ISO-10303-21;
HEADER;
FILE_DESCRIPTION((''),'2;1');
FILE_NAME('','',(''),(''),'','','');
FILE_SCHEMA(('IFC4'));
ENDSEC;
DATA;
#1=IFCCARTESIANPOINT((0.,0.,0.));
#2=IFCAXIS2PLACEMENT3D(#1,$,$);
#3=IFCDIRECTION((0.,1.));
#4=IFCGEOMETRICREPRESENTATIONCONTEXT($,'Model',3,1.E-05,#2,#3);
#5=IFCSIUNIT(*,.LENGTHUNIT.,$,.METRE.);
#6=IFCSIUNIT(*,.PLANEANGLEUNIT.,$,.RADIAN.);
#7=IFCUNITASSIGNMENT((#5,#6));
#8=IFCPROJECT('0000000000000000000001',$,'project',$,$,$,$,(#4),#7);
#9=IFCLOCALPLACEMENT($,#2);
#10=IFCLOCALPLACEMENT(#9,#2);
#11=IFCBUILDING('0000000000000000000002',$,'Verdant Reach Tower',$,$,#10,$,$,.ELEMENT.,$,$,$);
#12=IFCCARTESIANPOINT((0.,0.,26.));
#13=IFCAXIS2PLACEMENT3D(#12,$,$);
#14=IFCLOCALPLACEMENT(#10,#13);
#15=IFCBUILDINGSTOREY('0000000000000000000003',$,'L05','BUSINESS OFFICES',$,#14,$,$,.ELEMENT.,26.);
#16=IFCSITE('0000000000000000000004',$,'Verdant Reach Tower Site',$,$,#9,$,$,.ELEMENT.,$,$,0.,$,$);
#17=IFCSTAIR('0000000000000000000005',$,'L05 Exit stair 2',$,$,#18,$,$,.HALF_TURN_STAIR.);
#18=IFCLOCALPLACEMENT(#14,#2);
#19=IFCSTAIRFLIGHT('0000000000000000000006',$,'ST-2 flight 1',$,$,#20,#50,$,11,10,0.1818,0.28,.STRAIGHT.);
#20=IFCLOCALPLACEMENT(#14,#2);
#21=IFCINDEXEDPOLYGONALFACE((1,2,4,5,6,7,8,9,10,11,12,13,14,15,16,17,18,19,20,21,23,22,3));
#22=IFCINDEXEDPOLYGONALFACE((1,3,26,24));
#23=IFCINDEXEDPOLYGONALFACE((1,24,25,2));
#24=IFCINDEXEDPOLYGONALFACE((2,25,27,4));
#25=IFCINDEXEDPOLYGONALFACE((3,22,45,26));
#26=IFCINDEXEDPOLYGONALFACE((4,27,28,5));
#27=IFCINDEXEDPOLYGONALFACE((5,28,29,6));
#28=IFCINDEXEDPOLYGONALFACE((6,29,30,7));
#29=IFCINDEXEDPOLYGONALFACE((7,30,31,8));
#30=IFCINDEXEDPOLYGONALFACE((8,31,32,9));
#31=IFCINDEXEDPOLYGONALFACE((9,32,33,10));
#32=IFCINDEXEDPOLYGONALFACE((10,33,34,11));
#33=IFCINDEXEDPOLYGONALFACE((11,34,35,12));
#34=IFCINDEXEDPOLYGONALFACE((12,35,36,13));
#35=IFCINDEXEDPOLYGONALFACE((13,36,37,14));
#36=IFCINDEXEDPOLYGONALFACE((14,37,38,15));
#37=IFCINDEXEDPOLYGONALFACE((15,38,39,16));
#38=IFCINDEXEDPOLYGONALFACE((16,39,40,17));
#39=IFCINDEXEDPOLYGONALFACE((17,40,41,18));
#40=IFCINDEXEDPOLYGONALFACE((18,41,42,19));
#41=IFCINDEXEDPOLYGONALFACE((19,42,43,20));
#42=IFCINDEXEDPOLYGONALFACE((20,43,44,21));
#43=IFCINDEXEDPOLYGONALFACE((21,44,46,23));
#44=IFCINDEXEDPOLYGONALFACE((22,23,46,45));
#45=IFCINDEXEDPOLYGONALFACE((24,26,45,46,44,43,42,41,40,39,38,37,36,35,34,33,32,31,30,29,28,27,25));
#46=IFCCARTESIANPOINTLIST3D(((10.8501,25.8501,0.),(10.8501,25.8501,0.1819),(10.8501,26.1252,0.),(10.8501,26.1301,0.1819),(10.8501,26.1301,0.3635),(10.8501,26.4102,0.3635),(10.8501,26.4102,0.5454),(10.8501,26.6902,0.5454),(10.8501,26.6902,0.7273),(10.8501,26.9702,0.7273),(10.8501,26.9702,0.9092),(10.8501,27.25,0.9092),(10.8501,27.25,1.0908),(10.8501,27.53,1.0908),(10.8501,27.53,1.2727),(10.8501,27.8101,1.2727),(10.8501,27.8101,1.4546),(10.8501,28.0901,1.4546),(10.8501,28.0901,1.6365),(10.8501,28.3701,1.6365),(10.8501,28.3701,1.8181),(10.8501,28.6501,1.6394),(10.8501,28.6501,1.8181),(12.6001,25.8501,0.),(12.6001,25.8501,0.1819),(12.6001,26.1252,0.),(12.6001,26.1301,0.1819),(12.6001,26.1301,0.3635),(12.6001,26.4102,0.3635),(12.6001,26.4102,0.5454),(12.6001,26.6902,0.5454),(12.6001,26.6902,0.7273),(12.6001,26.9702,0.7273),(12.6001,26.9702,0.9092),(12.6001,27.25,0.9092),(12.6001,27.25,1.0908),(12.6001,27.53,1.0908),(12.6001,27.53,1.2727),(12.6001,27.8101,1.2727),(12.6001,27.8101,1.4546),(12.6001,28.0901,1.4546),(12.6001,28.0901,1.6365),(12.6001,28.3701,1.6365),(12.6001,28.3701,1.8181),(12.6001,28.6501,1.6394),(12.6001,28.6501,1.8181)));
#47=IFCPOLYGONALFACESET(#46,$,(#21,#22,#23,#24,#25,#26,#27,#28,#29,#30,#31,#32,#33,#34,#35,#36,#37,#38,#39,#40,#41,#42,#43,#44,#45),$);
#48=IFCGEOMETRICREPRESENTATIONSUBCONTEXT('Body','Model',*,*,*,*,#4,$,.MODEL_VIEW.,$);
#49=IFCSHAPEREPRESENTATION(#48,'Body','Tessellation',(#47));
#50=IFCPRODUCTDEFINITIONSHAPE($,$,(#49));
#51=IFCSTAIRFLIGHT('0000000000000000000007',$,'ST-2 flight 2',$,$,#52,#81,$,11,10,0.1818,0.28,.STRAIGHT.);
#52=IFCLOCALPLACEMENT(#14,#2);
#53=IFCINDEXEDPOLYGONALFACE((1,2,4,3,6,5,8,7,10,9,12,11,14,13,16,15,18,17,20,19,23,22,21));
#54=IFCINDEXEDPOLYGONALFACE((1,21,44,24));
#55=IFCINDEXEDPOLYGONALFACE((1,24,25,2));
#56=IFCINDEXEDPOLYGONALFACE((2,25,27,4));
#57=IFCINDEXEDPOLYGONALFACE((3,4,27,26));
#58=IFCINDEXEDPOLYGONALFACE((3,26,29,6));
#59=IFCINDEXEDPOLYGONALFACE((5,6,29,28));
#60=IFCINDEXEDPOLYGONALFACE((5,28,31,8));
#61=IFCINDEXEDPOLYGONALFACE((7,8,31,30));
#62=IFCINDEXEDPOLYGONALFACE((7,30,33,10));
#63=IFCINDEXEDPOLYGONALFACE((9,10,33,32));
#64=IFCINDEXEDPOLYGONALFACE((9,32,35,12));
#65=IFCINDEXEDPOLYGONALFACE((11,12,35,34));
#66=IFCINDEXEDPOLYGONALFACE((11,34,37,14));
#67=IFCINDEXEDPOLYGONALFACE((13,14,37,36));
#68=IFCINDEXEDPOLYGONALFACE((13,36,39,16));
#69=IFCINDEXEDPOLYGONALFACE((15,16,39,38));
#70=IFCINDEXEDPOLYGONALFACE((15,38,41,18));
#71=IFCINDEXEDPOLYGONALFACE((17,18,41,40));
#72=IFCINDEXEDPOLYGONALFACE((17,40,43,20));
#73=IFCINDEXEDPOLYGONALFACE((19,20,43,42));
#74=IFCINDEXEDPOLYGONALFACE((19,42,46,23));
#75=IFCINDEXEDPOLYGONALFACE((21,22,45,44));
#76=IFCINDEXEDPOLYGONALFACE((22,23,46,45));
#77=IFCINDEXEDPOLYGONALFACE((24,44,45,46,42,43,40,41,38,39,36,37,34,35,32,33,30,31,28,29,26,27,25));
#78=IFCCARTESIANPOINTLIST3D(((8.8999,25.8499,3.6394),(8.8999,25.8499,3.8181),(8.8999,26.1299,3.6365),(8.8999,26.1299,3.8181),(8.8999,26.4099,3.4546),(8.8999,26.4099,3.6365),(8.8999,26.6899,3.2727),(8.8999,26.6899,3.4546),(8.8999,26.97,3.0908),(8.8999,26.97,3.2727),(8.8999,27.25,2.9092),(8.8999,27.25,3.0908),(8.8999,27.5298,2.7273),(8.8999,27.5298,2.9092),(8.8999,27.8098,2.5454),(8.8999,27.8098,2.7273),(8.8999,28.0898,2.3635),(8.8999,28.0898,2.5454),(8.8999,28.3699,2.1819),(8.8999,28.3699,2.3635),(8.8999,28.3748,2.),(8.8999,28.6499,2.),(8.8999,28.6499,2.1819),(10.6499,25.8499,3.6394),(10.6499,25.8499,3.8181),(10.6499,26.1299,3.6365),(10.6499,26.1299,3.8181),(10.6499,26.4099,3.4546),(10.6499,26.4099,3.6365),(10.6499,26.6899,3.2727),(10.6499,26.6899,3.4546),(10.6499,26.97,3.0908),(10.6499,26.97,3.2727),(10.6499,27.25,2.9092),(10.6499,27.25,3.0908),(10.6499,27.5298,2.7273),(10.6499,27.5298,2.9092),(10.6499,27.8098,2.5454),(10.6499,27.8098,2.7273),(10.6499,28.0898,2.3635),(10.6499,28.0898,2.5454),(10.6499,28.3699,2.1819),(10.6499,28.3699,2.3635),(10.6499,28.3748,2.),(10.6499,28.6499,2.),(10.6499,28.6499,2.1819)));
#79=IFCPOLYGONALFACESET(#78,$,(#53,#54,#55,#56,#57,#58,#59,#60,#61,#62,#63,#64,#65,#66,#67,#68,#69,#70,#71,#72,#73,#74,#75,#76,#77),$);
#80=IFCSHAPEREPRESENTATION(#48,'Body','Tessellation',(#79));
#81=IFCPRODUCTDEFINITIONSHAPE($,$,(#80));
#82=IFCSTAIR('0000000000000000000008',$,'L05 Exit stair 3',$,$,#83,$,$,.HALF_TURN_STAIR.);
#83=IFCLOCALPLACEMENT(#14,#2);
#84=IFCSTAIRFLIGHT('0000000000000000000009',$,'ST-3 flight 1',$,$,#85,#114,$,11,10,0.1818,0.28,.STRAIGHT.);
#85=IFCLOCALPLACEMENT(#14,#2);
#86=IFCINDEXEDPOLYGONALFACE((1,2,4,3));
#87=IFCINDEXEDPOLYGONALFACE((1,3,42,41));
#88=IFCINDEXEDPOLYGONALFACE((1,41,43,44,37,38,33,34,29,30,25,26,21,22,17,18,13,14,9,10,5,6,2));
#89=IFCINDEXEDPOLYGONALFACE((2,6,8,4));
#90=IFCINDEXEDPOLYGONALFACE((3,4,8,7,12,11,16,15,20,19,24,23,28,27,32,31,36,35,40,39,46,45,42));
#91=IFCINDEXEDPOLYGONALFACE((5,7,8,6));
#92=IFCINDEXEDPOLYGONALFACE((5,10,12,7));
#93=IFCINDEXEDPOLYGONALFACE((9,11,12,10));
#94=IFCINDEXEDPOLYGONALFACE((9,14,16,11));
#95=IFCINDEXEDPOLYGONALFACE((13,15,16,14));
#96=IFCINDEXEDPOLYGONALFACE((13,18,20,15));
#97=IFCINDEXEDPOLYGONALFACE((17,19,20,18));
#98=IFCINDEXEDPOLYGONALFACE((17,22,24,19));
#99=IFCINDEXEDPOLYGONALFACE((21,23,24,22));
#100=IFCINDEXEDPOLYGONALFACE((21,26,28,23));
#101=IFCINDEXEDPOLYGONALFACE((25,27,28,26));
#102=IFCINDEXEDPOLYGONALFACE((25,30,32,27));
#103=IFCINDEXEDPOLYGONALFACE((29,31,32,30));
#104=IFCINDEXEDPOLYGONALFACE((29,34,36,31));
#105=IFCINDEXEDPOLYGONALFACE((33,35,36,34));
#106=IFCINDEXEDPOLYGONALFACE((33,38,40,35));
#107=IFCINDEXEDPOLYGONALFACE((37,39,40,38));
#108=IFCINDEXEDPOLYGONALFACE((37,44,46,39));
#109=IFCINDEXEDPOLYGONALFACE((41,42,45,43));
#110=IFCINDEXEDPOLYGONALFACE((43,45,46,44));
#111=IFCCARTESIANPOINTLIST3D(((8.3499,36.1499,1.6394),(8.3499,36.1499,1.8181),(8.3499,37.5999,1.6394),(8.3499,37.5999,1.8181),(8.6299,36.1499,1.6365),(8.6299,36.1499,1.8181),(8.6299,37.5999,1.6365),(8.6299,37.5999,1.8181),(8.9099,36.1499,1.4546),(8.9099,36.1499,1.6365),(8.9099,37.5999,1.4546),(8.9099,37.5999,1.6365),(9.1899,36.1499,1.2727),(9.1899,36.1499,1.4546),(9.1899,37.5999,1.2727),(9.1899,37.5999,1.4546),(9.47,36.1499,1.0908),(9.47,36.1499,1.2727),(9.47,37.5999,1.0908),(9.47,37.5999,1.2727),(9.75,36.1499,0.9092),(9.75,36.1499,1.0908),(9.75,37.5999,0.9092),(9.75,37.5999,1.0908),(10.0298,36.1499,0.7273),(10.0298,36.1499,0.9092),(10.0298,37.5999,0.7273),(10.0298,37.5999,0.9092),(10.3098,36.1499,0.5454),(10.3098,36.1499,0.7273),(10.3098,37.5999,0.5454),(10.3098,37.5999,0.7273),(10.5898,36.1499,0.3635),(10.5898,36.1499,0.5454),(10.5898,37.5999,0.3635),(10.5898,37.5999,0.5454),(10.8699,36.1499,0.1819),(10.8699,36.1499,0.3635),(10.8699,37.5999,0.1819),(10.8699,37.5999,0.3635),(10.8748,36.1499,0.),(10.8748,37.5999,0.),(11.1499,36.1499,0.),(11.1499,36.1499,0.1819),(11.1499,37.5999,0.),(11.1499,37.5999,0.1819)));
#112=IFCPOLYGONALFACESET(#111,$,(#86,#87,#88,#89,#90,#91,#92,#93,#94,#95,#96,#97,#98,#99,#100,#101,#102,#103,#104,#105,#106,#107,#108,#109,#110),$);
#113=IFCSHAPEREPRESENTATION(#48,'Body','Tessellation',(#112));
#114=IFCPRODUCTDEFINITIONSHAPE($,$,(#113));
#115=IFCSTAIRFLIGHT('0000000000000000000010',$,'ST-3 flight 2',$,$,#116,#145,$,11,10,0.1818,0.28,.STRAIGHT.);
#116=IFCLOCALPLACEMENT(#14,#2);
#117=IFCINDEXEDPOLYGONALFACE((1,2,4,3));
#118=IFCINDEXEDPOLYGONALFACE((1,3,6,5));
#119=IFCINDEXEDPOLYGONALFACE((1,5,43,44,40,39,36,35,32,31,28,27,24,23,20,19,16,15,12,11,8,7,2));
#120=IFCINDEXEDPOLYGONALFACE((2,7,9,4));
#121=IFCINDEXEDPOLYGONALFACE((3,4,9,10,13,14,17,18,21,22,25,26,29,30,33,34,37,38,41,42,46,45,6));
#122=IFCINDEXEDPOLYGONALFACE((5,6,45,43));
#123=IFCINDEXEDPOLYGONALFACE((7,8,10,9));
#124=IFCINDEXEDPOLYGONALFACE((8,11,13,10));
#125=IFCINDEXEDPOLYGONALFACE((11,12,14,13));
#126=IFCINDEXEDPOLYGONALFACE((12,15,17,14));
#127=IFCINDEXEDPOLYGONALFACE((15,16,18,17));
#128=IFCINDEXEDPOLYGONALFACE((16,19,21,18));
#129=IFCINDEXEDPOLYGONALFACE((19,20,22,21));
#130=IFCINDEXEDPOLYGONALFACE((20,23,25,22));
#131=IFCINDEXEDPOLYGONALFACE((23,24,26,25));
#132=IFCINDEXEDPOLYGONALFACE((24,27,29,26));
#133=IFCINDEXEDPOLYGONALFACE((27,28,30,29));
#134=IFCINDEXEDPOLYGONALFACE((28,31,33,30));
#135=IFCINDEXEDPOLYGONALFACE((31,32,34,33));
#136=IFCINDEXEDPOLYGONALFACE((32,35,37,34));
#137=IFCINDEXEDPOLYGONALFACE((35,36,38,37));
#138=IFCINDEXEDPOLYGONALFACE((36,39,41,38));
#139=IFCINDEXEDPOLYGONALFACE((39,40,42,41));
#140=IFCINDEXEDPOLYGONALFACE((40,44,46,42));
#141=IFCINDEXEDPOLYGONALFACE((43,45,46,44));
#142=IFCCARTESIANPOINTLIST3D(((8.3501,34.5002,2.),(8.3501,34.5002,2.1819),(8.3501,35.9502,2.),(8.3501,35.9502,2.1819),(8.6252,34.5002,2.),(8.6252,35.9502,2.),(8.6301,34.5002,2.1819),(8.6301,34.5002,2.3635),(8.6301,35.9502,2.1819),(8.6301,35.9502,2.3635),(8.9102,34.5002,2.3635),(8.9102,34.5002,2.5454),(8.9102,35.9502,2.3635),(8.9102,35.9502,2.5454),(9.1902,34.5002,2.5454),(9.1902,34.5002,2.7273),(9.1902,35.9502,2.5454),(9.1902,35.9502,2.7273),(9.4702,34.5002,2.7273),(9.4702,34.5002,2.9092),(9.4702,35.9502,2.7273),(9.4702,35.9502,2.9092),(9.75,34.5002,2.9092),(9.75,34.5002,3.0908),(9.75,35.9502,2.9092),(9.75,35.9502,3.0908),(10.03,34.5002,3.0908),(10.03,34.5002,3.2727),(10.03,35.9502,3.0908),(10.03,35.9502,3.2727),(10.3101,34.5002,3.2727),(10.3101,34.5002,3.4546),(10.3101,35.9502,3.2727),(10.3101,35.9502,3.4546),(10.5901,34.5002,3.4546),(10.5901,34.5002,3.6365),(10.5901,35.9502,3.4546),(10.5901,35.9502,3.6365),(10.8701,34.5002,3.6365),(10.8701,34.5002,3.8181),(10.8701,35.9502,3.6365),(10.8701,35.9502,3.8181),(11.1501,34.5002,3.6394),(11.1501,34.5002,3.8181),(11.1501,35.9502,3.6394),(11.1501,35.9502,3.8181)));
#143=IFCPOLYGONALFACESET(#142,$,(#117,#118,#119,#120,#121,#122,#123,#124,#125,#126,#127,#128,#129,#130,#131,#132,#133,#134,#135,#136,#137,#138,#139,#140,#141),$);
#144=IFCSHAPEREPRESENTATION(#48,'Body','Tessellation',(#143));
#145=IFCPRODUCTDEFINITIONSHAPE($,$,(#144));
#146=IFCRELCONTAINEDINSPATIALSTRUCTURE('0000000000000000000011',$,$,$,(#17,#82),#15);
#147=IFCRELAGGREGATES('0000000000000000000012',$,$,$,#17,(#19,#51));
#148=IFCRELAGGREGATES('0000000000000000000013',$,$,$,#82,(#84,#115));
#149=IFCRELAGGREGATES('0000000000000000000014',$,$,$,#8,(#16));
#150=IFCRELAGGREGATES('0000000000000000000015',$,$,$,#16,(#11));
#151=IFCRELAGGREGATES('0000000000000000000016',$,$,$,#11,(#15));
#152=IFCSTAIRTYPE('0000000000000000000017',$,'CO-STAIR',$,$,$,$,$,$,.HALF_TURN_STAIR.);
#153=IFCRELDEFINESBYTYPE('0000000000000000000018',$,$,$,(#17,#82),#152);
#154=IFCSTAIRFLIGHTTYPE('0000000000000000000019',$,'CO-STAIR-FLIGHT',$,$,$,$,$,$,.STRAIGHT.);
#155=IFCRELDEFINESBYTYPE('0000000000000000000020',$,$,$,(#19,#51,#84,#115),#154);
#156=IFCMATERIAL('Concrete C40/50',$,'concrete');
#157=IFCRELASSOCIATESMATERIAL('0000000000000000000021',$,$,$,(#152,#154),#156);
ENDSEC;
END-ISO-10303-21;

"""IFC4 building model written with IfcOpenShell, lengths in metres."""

from ifc_helpers import new_model, si_unit, direction, frame, origin, place, context, subcontext, project, spatial, polyline, outline, extrude, material, type_object, element, aggregate, save


model = new_model("IFC4")

# Units and contexts
model_context = context("Model", 3, precision=1e-05, world=origin(), true_north=direction((0.0, 1.0)))
body_context = subcontext(model_context, "Body", "Model", "MODEL_VIEW")
ifc_project = project(units=[si_unit("LENGTHUNIT", "METRE"), si_unit("PLANEANGLEUNIT", "RADIAN")], contexts=[model_context])

# Site, building, storey
site_placement = place(None, origin())
site = spatial("IfcSite", under=ifc_project, at=site_placement, Name="Verdant Reach Tower Site", CompositionType="ELEMENT", RefElevation=0.0)
building_placement = place(site_placement, origin())
building = spatial("IfcBuilding", under=site, at=building_placement, Name="Verdant Reach Tower", CompositionType="ELEMENT")
storey_placement = place(building_placement, frame((0.0, 0.0, 26.0)))
storey = spatial("IfcBuildingStorey", under=building, at=storey_placement, Name="L05", Description="BUSINESS OFFICES", CompositionType="ELEMENT", Elevation=26.0)

# Shared definitions
ifc_material_1 = material(Name="Concrete C40/50", Category="concrete")

# Stairs, stair flights
stair_type = type_object("IfcStairType", Name="CO-STAIR", PredefinedType="HALF_TURN_STAIR", material=ifc_material_1)
stair_1_placement = place(storey_placement, origin())
stair_1 = element("IfcStair", 1, at=stair_1_placement, inside=storey, type_object=stair_type, Name="L05 Exit stair 2", PredefinedType="HALF_TURN_STAIR")
stair_flight_type = type_object("IfcStairFlightType", Name="CO-STAIR-FLIGHT", PredefinedType="STRAIGHT", material=ifc_material_1)
stair_flight_1_placement = place(storey_placement, frame((11.7251, 25.8501, 0.0), z_axis=(0.0, 0.0, 1.0), x_axis=(0.0, 1.0, 0.0)))
stair_flight_1 = element("IfcStairFlight", 2, at=stair_flight_1_placement, type_object=stair_flight_type, Name="ST-2 flight 1", NumberOfRisers=11, NumberOfTreads=10, PredefinedType="STRAIGHT", RiserHeight=0.1818, TreadLength=0.28, context=body_context, shape_type="SweptSolid", body=[
    extrude(outline(polyline([(0.0, 0.0), (0.0, 0.1819), (0.28, 0.1819), (0.28, 0.3635), (0.5601, 0.3635), (0.5601, 0.5454), (0.8401, 0.5454), (0.8401, 0.7273), (1.1201, 0.7273), (1.1201, 0.9092), (1.3999, 0.9092), (1.3999, 1.0908), (1.6799, 1.0908), (1.6799, 1.2727), (1.96, 1.2727), (1.96, 1.4546), (2.24, 1.4546), (2.24, 1.6365), (2.52, 1.6365), (2.52, 1.8181), (2.8, 1.8181), (2.8, 2.0), (2.8, 1.6394), (0.2751, 0.0), (0.0, 0.0)])), frame((0.0, 0.875, 0.0), z_axis=(0.0, -1.0, 0.0), x_axis=(1.0, 0.0, 0.0)), (0.0, 0.0, 1.0), 1.75),
])
stair_flight_2_placement = place(storey_placement, frame((9.7749, 28.6499, 2.0), z_axis=(0.0, 0.0, 1.0), x_axis=(0.0, -1.0, 0.0)))
stair_flight_2 = element("IfcStairFlight", 3, at=stair_flight_2_placement, type_object=stair_flight_type, Name="ST-2 flight 2", NumberOfRisers=11, NumberOfTreads=10, PredefinedType="STRAIGHT", RiserHeight=0.1818, TreadLength=0.28, context=body_context, shape_type="SweptSolid", body=[
    extrude(outline(polyline([(0.0, 0.0), (0.0, 0.1819), (0.28, 0.1819), (0.28, 0.3635), (0.5601, 0.3635), (0.5601, 0.5454), (0.8401, 0.5454), (0.8401, 0.7273), (1.1201, 0.7273), (1.1201, 0.9092), (1.3999, 0.9092), (1.3999, 1.0908), (1.6799, 1.0908), (1.6799, 1.2727), (1.96, 1.2727), (1.96, 1.4546), (2.24, 1.4546), (2.24, 1.6365), (2.52, 1.6365), (2.52, 1.8181), (2.8, 1.8181), (2.8, 2.0), (2.8, 1.6394), (0.2751, 0.0), (0.0, 0.0)])), frame((0.0, 0.875, 0.0), z_axis=(0.0, -1.0, 0.0), x_axis=(1.0, 0.0, 0.0)), (0.0, 0.0, 1.0), 1.75),
])
aggregate(stair_1, [stair_flight_1, stair_flight_2])
stair_2_placement = place(storey_placement, origin())
stair_2 = element("IfcStair", 4, at=stair_2_placement, inside=storey, type_object=stair_type, Name="L05 Exit stair 3", PredefinedType="HALF_TURN_STAIR")
stair_flight_3_placement = place(storey_placement, frame((11.1499, 36.875, 0.0), z_axis=(0.0, 0.0, 1.0), x_axis=(-1.0, 0.0, 0.0)))
stair_flight_3 = element("IfcStairFlight", 5, at=stair_flight_3_placement, type_object=stair_flight_type, Name="ST-3 flight 1", NumberOfRisers=11, NumberOfTreads=10, PredefinedType="STRAIGHT", RiserHeight=0.1818, TreadLength=0.28, context=body_context, shape_type="SweptSolid", body=[
    extrude(outline(polyline([(0.0, 0.0), (0.0, 0.1819), (0.28, 0.1819), (0.28, 0.3635), (0.5601, 0.3635), (0.5601, 0.5454), (0.8401, 0.5454), (0.8401, 0.7273), (1.1201, 0.7273), (1.1201, 0.9092), (1.3999, 0.9092), (1.3999, 1.0908), (1.6799, 1.0908), (1.6799, 1.2727), (1.96, 1.2727), (1.96, 1.4546), (2.24, 1.4546), (2.24, 1.6365), (2.52, 1.6365), (2.52, 1.8181), (2.8, 1.8181), (2.8, 2.0), (2.8, 1.6394), (0.2751, 0.0), (0.0, 0.0)])), frame((0.0, 0.7251, 0.0), z_axis=(0.0, -1.0, 0.0), x_axis=(1.0, 0.0, 0.0)), (0.0, 0.0, 1.0), 1.45),
])
stair_flight_4_placement = place(storey_placement, frame((8.3501, 35.2251, 2.0), z_axis=(0.0, 0.0, 1.0), x_axis=(1.0, 0.0, 0.0)))
stair_flight_4 = element("IfcStairFlight", 6, at=stair_flight_4_placement, type_object=stair_flight_type, Name="ST-3 flight 2", NumberOfRisers=11, NumberOfTreads=10, PredefinedType="STRAIGHT", RiserHeight=0.1818, TreadLength=0.28, context=body_context, shape_type="SweptSolid", body=[
    extrude(outline(polyline([(0.0, 0.0), (0.0, 0.1819), (0.28, 0.1819), (0.28, 0.3635), (0.5601, 0.3635), (0.5601, 0.5454), (0.8401, 0.5454), (0.8401, 0.7273), (1.1201, 0.7273), (1.1201, 0.9092), (1.3999, 0.9092), (1.3999, 1.0908), (1.6799, 1.0908), (1.6799, 1.2727), (1.96, 1.2727), (1.96, 1.4546), (2.24, 1.4546), (2.24, 1.6365), (2.52, 1.6365), (2.52, 1.8181), (2.8, 1.8181), (2.8, 2.0), (2.8, 1.6394), (0.2751, 0.0), (0.0, 0.0)])), frame((0.0, 0.7251, 0.0), z_axis=(0.0, -1.0, 0.0), x_axis=(1.0, 0.0, 0.0)), (0.0, 0.0, 1.0), 1.45),
])
aggregate(stair_2, [stair_flight_3, stair_flight_4])

save(model, "model.ifc")
